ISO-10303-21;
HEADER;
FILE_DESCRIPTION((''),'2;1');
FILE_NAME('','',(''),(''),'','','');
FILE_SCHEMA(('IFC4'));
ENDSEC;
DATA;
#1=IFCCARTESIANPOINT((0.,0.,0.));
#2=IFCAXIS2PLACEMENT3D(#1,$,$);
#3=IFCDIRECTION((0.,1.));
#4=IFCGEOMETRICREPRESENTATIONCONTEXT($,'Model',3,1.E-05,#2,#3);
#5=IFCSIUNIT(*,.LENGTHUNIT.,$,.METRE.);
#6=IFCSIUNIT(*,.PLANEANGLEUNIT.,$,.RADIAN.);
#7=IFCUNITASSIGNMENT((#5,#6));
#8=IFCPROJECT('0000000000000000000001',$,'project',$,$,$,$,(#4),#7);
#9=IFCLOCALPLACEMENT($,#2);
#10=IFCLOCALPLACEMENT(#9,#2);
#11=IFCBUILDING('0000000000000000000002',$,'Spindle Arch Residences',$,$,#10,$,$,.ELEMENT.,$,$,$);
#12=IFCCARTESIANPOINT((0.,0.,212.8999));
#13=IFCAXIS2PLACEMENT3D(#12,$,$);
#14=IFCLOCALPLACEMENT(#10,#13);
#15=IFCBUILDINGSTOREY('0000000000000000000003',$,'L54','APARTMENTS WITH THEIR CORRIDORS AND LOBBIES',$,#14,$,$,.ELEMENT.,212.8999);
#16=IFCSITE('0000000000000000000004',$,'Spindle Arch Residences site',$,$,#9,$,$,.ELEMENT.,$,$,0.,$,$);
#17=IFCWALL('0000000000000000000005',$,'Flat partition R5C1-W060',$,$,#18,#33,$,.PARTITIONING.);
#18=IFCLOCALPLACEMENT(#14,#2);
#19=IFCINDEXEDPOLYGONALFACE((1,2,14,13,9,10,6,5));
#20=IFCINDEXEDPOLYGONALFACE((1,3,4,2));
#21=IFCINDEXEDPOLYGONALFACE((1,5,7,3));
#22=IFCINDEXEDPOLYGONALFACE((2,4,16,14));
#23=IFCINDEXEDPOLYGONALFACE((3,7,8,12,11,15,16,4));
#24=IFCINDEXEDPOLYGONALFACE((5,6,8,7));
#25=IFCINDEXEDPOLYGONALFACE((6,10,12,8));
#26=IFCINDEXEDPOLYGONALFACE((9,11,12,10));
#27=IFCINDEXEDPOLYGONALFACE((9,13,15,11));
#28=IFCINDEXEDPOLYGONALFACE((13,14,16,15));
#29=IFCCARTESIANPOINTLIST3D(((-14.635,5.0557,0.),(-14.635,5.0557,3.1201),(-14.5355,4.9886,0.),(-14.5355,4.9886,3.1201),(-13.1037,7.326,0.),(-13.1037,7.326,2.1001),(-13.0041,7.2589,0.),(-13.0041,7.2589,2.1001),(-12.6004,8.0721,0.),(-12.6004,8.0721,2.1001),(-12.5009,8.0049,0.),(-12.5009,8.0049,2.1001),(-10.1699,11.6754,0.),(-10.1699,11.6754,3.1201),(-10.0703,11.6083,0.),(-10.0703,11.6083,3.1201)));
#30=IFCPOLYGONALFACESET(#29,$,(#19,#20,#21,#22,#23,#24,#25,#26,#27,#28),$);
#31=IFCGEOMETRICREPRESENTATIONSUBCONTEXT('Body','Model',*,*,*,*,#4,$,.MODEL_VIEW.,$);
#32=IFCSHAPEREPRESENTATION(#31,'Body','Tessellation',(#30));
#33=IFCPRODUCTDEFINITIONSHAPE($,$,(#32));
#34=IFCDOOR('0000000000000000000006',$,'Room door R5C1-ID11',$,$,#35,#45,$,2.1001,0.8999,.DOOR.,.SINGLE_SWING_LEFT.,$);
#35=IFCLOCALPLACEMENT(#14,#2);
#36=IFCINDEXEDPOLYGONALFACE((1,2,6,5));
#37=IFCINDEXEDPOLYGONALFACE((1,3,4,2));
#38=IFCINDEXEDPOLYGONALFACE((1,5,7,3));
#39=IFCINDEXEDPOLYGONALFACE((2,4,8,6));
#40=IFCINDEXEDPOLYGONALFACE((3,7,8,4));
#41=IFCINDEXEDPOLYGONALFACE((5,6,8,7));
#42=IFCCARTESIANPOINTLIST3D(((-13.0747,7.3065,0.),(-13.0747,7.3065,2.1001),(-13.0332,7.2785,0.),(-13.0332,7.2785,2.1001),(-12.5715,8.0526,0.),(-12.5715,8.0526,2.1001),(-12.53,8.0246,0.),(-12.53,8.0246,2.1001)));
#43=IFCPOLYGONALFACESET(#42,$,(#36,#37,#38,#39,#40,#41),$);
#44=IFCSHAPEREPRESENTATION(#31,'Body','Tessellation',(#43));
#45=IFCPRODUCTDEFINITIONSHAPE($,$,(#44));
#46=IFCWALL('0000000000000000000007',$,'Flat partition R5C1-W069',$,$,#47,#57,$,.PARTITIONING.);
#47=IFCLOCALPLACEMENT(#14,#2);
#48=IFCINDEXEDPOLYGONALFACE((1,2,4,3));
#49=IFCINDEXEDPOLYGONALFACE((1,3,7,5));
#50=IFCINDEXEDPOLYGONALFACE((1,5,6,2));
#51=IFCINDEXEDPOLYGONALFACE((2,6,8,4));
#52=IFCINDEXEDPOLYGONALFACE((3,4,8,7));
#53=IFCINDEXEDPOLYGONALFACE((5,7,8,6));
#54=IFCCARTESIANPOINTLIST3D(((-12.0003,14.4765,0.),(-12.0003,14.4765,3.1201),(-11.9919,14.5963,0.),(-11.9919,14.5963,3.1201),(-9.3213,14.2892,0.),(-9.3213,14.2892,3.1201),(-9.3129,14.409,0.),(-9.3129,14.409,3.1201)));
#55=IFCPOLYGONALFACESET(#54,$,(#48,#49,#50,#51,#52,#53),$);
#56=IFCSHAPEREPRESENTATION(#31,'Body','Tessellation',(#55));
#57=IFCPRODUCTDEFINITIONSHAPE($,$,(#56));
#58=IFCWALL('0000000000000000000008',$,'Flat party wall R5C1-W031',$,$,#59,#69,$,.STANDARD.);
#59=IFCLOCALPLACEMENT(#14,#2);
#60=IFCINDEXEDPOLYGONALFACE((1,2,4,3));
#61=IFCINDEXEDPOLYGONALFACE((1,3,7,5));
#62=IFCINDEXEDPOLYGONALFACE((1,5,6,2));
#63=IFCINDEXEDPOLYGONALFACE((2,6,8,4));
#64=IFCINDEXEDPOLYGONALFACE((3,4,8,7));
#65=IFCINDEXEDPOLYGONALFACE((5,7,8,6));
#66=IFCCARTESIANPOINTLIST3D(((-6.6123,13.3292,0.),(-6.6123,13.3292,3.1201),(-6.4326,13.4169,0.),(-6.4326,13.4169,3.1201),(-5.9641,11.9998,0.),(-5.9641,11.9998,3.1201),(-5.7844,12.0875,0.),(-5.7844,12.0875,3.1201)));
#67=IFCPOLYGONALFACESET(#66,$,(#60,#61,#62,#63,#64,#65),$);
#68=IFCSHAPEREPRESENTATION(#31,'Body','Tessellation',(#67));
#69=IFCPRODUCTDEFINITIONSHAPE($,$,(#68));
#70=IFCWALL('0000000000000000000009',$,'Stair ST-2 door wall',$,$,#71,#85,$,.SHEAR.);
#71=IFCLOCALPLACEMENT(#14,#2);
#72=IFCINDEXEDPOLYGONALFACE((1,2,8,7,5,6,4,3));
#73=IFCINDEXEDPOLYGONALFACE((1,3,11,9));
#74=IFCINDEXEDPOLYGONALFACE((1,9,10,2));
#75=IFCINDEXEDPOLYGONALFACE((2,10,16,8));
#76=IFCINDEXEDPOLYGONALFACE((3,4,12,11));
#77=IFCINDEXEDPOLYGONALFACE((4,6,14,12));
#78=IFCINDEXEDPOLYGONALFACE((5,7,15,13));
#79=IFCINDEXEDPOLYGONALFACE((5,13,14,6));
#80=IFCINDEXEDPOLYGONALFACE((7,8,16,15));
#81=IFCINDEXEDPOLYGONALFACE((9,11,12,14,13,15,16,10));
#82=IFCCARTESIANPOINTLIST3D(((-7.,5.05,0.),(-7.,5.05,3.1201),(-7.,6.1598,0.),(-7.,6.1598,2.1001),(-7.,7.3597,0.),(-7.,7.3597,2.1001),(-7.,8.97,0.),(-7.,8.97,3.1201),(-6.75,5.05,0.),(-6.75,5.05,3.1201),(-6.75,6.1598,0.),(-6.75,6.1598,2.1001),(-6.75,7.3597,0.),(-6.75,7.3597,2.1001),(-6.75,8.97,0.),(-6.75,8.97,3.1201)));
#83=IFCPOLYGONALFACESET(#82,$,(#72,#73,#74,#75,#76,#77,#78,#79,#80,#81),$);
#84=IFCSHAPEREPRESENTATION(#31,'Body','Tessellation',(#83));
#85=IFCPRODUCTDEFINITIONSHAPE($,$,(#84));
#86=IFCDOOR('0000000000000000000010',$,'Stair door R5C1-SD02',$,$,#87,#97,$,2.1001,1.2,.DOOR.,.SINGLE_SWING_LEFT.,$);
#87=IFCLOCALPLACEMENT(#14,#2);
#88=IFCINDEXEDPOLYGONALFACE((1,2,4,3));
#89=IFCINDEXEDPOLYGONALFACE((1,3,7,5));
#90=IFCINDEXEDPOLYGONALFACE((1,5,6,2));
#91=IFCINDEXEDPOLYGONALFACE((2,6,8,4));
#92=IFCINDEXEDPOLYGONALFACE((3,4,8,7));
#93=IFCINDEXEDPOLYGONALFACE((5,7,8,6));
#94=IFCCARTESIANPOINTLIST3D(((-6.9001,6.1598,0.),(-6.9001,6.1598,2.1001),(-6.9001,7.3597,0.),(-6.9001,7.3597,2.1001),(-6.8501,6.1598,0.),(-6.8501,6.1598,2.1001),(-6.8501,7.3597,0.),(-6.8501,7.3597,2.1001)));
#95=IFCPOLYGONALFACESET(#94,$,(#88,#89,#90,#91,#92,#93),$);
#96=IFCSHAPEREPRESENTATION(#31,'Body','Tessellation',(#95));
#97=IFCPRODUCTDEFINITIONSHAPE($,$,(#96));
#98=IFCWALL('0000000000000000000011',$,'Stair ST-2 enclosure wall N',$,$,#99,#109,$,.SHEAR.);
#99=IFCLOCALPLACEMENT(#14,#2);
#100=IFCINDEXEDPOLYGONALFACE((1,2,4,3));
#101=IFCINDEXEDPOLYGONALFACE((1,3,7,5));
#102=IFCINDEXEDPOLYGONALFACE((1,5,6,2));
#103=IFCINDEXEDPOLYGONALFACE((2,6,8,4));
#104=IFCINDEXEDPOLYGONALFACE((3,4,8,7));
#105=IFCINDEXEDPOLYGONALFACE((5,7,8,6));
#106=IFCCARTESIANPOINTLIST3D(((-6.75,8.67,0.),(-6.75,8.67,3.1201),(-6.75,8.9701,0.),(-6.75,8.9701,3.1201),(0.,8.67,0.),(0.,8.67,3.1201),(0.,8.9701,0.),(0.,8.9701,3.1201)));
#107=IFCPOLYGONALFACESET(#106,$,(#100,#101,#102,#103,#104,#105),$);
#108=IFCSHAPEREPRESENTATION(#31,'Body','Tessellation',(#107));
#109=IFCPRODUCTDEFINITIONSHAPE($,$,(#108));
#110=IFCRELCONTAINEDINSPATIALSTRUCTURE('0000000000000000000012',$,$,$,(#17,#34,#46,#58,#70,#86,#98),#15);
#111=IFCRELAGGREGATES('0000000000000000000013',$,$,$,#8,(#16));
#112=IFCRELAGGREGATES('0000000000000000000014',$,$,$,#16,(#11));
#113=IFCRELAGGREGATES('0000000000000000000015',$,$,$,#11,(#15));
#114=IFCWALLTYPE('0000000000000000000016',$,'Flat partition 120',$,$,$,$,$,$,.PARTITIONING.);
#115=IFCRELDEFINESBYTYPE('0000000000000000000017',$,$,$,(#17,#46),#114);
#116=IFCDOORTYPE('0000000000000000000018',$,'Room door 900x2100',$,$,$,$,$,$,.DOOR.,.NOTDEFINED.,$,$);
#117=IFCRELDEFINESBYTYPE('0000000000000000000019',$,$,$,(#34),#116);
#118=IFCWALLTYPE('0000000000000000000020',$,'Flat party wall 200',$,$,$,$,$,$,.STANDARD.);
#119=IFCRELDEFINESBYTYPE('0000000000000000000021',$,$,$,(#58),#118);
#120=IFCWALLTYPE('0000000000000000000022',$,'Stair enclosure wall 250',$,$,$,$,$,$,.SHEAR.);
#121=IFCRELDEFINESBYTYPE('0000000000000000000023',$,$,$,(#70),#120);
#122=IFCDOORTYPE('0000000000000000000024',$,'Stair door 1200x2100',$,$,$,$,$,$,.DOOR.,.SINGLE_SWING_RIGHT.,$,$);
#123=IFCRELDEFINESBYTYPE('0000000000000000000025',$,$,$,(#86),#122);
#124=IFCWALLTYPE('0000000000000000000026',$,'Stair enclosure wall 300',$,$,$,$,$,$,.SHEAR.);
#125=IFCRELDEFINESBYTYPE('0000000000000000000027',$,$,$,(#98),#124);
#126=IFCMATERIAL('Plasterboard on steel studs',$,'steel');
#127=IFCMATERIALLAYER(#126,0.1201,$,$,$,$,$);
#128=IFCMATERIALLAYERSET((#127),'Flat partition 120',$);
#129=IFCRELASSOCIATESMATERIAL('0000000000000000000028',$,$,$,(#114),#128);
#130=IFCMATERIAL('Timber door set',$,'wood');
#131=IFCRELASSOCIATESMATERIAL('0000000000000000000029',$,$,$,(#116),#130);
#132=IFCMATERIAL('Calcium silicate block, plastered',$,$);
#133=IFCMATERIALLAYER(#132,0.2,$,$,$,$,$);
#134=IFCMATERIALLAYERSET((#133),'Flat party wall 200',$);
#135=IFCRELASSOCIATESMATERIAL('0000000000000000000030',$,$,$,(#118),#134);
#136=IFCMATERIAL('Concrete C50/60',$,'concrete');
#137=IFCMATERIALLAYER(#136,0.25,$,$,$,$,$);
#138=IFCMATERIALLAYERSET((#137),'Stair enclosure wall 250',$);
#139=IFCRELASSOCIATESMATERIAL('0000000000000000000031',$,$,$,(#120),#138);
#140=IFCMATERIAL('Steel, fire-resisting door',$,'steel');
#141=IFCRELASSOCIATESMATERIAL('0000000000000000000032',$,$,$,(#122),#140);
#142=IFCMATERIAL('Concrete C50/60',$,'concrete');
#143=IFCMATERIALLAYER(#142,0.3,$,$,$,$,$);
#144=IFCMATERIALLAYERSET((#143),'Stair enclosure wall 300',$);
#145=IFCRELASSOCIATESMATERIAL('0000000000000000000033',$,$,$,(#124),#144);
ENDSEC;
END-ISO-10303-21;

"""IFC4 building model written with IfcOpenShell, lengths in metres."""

from ifc_helpers import new_model, si_unit, direction, frame, frame_2d, origin, place, context, subcontext, project, spatial, rectangle, extrude, material, layer, layer_set, type_object, element, fill, save


model = new_model("IFC4")

# Units and contexts
model_context = context("Model", 3, precision=1e-05, world=origin(), true_north=direction((0.0, 1.0)))
body_context = subcontext(model_context, "Body", "Model", "MODEL_VIEW")
ifc_project = project(units=[si_unit("LENGTHUNIT", "METRE"), si_unit("PLANEANGLEUNIT", "RADIAN")], contexts=[model_context])

# Site, building, storey
site_placement = place(None, origin())
site = spatial("IfcSite", under=ifc_project, at=site_placement, Name="Spindle Arch Residences site", CompositionType="ELEMENT", RefElevation=0.0)
building_placement = place(site_placement, origin())
building = spatial("IfcBuilding", under=site, at=building_placement, Name="Spindle Arch Residences", CompositionType="ELEMENT")
storey_placement = place(building_placement, frame((0.0, 0.0, 212.8999)))
storey = spatial("IfcBuildingStorey", under=building, at=storey_placement, Name="L54", Description="APARTMENTS WITH THEIR CORRIDORS AND LOBBIES", CompositionType="ELEMENT", Elevation=212.8999)

# Shared definitions
ifc_material_1 = material(Name="Plasterboard on steel studs", Category="steel")
ifc_layer_1 = layer(ifc_material_1, 0.1201)
ifc_layer_set_1 = layer_set([ifc_layer_1], Name="Flat partition 120")
wall_type_1 = type_object("IfcWallType", Name="Flat partition 120", PredefinedType="PARTITIONING", material=ifc_layer_set_1)

# Shared definitions
ifc_material_2 = material(Name="Timber door set", Category="wood")
door_type_1 = type_object("IfcDoorType", Name="Room door 900x2100", OperationType="NOTDEFINED", PredefinedType="DOOR", material=ifc_material_2)

# Wall, opening, door
wall_1_placement = place(storey_placement, frame((-10.1201, 11.6418, 0.0), z_axis=(0.0, 0.0, 1.0), x_axis=(-0.559201, -0.829032, 0.0)))
wall_1 = element("IfcWall", 1, at=wall_1_placement, inside=storey, type_object=wall_type_1, Name="Flat partition R5C1-W060", PredefinedType="PARTITIONING", context=body_context, shape_type="SweptSolid", body=[
    extrude(rectangle(XDim=7.9849, YDim=0.1201, at=frame_2d((3.9924, 0.0))), origin(), (0.0, 0.0, 1.0), 3.1201),
])
opening_1_placement = place(wall_1_placement, frame((4.3464, 0.0, 0.0)))
opening_1 = element("IfcOpeningElement", 2, at=opening_1_placement, cuts=wall_1, PredefinedType="OPENING", context=body_context, shape_type="SweptSolid", body=[
    extrude(rectangle(XDim=0.8999, YDim=2.1001, at=frame_2d((0.45, 1.05))), frame((0.0, 0.0701, 0.0), z_axis=(0.0, -1.0, 0.0), x_axis=(1.0, 0.0, 0.0)), (0.0, 0.0, 1.0), 0.1401),
])
door_1_placement = place(opening_1_placement, origin())
door_1 = element("IfcDoor", 3, at=door_1_placement, inside=storey, type_object=door_type_1, Name="Room door R5C1-ID11", OperationType="SINGLE_SWING_LEFT", OverallHeight=2.1001, OverallWidth=0.8999, PredefinedType="DOOR", context=body_context, shape_type="SweptSolid", body=[
    extrude(rectangle(XDim=0.8999, YDim=2.1001, at=frame_2d((0.45, 1.05))), frame((0.0, 0.0249, 0.0), z_axis=(0.0, -1.0, 0.0), x_axis=(1.0, 0.0, 0.0)), (0.0, 0.0, 1.0), 0.05),
])
fill(opening_1, door_1)

# Walls
wall_2_placement = place(storey_placement, frame((-11.9961, 14.5364, 0.0), z_axis=(0.0, 0.0, 1.0), x_axis=(0.997566, -0.069729, 0.0)))
element("IfcWall", 4, at=wall_2_placement, inside=storey, type_object=wall_type_1, Name="Flat partition R5C1-W069", PredefinedType="PARTITIONING", context=body_context, shape_type="SweptSolid", body=[
    extrude(rectangle(XDim=2.6855, YDim=0.1201, at=frame_2d((1.3428, 0.0))), origin(), (0.0, 0.0, 1.0), 3.1201),
])
ifc_material_3 = material(Name="Calcium silicate block, plastered")
ifc_layer_2 = layer(ifc_material_3, 0.2)
ifc_layer_set_2 = layer_set([ifc_layer_2], Name="Flat party wall 200")
wall_type_2 = type_object("IfcWallType", Name="Flat party wall 200", PredefinedType="STANDARD", material=ifc_layer_set_2)
wall_3_placement = place(storey_placement, frame((-6.5225, 13.373, 0.0), z_axis=(0.0, 0.0, 1.0), x_axis=(0.438277, -0.89884, 0.0)))
element("IfcWall", 5, at=wall_3_placement, inside=storey, type_object=wall_type_2, Name="Flat party wall R5C1-W031", PredefinedType="STANDARD", context=body_context, shape_type="SweptSolid", body=[
    extrude(rectangle(XDim=1.479, YDim=0.2, at=frame_2d((0.7395, 0.0))), origin(), (0.0, 0.0, 1.0), 3.1201),
])

# Wall, opening, door
ifc_material_4 = material(Name="Concrete C50/60", Category="concrete")
ifc_layer_3 = layer(ifc_material_4, 0.25)
ifc_layer_set_3 = layer_set([ifc_layer_3], Name="Stair enclosure wall 250")
wall_type_3 = type_object("IfcWallType", Name="Stair enclosure wall 250", PredefinedType="SHEAR", material=ifc_layer_set_3)
wall_4_placement = place(storey_placement, frame((-6.875, 8.97, 0.0), z_axis=(0.0, 0.0, 1.0), x_axis=(0.0, -1.0, 0.0)))
wall_4 = element("IfcWall", 6, at=wall_4_placement, inside=storey, type_object=wall_type_3, Name="Stair ST-2 door wall", PredefinedType="SHEAR", context=body_context, shape_type="SweptSolid", body=[
    extrude(rectangle(XDim=3.9199, YDim=0.25, at=frame_2d((1.96, 0.0))), origin(), (0.0, 0.0, 1.0), 3.1201),
])
opening_2_placement = place(wall_4_placement, frame((1.6101, 0.0, 0.0)))
opening_2 = element("IfcOpeningElement", 7, at=opening_2_placement, cuts=wall_4, PredefinedType="OPENING", context=body_context, shape_type="SweptSolid", body=[
    extrude(rectangle(XDim=1.2, YDim=2.1001, at=frame_2d((0.6001, 1.05))), frame((0.0, 0.135, 0.0), z_axis=(0.0, -1.0, 0.0), x_axis=(1.0, 0.0, 0.0)), (0.0, 0.0, 1.0), 0.27),
])
ifc_material_5 = material(Name="Steel, fire-resisting door", Category="steel")
door_type_2 = type_object("IfcDoorType", Name="Stair door 1200x2100", OperationType="SINGLE_SWING_RIGHT", PredefinedType="DOOR", material=ifc_material_5)
door_2_placement = place(opening_2_placement, origin())
door_2 = element("IfcDoor", 8, at=door_2_placement, inside=storey, type_object=door_type_2, Name="Stair door R5C1-SD02", OperationType="SINGLE_SWING_LEFT", OverallHeight=2.1001, OverallWidth=1.2, PredefinedType="DOOR", context=body_context, shape_type="SweptSolid", body=[
    extrude(rectangle(XDim=1.2, YDim=2.1001, at=frame_2d((0.6001, 1.05))), frame((0.0, 0.0249, 0.0), z_axis=(0.0, -1.0, 0.0), x_axis=(1.0, 0.0, 0.0)), (0.0, 0.0, 1.0), 0.05),
])
fill(opening_2, door_2)

# Wall
ifc_material_6 = material(Name="Concrete C50/60", Category="concrete")
ifc_layer_4 = layer(ifc_material_6, 0.3)
ifc_layer_set_4 = layer_set([ifc_layer_4], Name="Stair enclosure wall 300")
wall_type_4 = type_object("IfcWallType", Name="Stair enclosure wall 300", PredefinedType="SHEAR", material=ifc_layer_set_4)
wall_5_placement = place(storey_placement, frame((-6.75, 8.8201, 0.0), z_axis=(0.0, 0.0, 1.0), x_axis=(1.0, 0.0, 0.0)))
element("IfcWall", 9, at=wall_5_placement, inside=storey, type_object=wall_type_4, Name="Stair ST-2 enclosure wall N", PredefinedType="SHEAR", context=body_context, shape_type="SweptSolid", body=[
    extrude(rectangle(XDim=6.75, YDim=0.3, at=frame_2d((3.375, 0.0))), origin(), (0.0, 0.0, 1.0), 3.1201),
])

save(model, "model.ifc")
